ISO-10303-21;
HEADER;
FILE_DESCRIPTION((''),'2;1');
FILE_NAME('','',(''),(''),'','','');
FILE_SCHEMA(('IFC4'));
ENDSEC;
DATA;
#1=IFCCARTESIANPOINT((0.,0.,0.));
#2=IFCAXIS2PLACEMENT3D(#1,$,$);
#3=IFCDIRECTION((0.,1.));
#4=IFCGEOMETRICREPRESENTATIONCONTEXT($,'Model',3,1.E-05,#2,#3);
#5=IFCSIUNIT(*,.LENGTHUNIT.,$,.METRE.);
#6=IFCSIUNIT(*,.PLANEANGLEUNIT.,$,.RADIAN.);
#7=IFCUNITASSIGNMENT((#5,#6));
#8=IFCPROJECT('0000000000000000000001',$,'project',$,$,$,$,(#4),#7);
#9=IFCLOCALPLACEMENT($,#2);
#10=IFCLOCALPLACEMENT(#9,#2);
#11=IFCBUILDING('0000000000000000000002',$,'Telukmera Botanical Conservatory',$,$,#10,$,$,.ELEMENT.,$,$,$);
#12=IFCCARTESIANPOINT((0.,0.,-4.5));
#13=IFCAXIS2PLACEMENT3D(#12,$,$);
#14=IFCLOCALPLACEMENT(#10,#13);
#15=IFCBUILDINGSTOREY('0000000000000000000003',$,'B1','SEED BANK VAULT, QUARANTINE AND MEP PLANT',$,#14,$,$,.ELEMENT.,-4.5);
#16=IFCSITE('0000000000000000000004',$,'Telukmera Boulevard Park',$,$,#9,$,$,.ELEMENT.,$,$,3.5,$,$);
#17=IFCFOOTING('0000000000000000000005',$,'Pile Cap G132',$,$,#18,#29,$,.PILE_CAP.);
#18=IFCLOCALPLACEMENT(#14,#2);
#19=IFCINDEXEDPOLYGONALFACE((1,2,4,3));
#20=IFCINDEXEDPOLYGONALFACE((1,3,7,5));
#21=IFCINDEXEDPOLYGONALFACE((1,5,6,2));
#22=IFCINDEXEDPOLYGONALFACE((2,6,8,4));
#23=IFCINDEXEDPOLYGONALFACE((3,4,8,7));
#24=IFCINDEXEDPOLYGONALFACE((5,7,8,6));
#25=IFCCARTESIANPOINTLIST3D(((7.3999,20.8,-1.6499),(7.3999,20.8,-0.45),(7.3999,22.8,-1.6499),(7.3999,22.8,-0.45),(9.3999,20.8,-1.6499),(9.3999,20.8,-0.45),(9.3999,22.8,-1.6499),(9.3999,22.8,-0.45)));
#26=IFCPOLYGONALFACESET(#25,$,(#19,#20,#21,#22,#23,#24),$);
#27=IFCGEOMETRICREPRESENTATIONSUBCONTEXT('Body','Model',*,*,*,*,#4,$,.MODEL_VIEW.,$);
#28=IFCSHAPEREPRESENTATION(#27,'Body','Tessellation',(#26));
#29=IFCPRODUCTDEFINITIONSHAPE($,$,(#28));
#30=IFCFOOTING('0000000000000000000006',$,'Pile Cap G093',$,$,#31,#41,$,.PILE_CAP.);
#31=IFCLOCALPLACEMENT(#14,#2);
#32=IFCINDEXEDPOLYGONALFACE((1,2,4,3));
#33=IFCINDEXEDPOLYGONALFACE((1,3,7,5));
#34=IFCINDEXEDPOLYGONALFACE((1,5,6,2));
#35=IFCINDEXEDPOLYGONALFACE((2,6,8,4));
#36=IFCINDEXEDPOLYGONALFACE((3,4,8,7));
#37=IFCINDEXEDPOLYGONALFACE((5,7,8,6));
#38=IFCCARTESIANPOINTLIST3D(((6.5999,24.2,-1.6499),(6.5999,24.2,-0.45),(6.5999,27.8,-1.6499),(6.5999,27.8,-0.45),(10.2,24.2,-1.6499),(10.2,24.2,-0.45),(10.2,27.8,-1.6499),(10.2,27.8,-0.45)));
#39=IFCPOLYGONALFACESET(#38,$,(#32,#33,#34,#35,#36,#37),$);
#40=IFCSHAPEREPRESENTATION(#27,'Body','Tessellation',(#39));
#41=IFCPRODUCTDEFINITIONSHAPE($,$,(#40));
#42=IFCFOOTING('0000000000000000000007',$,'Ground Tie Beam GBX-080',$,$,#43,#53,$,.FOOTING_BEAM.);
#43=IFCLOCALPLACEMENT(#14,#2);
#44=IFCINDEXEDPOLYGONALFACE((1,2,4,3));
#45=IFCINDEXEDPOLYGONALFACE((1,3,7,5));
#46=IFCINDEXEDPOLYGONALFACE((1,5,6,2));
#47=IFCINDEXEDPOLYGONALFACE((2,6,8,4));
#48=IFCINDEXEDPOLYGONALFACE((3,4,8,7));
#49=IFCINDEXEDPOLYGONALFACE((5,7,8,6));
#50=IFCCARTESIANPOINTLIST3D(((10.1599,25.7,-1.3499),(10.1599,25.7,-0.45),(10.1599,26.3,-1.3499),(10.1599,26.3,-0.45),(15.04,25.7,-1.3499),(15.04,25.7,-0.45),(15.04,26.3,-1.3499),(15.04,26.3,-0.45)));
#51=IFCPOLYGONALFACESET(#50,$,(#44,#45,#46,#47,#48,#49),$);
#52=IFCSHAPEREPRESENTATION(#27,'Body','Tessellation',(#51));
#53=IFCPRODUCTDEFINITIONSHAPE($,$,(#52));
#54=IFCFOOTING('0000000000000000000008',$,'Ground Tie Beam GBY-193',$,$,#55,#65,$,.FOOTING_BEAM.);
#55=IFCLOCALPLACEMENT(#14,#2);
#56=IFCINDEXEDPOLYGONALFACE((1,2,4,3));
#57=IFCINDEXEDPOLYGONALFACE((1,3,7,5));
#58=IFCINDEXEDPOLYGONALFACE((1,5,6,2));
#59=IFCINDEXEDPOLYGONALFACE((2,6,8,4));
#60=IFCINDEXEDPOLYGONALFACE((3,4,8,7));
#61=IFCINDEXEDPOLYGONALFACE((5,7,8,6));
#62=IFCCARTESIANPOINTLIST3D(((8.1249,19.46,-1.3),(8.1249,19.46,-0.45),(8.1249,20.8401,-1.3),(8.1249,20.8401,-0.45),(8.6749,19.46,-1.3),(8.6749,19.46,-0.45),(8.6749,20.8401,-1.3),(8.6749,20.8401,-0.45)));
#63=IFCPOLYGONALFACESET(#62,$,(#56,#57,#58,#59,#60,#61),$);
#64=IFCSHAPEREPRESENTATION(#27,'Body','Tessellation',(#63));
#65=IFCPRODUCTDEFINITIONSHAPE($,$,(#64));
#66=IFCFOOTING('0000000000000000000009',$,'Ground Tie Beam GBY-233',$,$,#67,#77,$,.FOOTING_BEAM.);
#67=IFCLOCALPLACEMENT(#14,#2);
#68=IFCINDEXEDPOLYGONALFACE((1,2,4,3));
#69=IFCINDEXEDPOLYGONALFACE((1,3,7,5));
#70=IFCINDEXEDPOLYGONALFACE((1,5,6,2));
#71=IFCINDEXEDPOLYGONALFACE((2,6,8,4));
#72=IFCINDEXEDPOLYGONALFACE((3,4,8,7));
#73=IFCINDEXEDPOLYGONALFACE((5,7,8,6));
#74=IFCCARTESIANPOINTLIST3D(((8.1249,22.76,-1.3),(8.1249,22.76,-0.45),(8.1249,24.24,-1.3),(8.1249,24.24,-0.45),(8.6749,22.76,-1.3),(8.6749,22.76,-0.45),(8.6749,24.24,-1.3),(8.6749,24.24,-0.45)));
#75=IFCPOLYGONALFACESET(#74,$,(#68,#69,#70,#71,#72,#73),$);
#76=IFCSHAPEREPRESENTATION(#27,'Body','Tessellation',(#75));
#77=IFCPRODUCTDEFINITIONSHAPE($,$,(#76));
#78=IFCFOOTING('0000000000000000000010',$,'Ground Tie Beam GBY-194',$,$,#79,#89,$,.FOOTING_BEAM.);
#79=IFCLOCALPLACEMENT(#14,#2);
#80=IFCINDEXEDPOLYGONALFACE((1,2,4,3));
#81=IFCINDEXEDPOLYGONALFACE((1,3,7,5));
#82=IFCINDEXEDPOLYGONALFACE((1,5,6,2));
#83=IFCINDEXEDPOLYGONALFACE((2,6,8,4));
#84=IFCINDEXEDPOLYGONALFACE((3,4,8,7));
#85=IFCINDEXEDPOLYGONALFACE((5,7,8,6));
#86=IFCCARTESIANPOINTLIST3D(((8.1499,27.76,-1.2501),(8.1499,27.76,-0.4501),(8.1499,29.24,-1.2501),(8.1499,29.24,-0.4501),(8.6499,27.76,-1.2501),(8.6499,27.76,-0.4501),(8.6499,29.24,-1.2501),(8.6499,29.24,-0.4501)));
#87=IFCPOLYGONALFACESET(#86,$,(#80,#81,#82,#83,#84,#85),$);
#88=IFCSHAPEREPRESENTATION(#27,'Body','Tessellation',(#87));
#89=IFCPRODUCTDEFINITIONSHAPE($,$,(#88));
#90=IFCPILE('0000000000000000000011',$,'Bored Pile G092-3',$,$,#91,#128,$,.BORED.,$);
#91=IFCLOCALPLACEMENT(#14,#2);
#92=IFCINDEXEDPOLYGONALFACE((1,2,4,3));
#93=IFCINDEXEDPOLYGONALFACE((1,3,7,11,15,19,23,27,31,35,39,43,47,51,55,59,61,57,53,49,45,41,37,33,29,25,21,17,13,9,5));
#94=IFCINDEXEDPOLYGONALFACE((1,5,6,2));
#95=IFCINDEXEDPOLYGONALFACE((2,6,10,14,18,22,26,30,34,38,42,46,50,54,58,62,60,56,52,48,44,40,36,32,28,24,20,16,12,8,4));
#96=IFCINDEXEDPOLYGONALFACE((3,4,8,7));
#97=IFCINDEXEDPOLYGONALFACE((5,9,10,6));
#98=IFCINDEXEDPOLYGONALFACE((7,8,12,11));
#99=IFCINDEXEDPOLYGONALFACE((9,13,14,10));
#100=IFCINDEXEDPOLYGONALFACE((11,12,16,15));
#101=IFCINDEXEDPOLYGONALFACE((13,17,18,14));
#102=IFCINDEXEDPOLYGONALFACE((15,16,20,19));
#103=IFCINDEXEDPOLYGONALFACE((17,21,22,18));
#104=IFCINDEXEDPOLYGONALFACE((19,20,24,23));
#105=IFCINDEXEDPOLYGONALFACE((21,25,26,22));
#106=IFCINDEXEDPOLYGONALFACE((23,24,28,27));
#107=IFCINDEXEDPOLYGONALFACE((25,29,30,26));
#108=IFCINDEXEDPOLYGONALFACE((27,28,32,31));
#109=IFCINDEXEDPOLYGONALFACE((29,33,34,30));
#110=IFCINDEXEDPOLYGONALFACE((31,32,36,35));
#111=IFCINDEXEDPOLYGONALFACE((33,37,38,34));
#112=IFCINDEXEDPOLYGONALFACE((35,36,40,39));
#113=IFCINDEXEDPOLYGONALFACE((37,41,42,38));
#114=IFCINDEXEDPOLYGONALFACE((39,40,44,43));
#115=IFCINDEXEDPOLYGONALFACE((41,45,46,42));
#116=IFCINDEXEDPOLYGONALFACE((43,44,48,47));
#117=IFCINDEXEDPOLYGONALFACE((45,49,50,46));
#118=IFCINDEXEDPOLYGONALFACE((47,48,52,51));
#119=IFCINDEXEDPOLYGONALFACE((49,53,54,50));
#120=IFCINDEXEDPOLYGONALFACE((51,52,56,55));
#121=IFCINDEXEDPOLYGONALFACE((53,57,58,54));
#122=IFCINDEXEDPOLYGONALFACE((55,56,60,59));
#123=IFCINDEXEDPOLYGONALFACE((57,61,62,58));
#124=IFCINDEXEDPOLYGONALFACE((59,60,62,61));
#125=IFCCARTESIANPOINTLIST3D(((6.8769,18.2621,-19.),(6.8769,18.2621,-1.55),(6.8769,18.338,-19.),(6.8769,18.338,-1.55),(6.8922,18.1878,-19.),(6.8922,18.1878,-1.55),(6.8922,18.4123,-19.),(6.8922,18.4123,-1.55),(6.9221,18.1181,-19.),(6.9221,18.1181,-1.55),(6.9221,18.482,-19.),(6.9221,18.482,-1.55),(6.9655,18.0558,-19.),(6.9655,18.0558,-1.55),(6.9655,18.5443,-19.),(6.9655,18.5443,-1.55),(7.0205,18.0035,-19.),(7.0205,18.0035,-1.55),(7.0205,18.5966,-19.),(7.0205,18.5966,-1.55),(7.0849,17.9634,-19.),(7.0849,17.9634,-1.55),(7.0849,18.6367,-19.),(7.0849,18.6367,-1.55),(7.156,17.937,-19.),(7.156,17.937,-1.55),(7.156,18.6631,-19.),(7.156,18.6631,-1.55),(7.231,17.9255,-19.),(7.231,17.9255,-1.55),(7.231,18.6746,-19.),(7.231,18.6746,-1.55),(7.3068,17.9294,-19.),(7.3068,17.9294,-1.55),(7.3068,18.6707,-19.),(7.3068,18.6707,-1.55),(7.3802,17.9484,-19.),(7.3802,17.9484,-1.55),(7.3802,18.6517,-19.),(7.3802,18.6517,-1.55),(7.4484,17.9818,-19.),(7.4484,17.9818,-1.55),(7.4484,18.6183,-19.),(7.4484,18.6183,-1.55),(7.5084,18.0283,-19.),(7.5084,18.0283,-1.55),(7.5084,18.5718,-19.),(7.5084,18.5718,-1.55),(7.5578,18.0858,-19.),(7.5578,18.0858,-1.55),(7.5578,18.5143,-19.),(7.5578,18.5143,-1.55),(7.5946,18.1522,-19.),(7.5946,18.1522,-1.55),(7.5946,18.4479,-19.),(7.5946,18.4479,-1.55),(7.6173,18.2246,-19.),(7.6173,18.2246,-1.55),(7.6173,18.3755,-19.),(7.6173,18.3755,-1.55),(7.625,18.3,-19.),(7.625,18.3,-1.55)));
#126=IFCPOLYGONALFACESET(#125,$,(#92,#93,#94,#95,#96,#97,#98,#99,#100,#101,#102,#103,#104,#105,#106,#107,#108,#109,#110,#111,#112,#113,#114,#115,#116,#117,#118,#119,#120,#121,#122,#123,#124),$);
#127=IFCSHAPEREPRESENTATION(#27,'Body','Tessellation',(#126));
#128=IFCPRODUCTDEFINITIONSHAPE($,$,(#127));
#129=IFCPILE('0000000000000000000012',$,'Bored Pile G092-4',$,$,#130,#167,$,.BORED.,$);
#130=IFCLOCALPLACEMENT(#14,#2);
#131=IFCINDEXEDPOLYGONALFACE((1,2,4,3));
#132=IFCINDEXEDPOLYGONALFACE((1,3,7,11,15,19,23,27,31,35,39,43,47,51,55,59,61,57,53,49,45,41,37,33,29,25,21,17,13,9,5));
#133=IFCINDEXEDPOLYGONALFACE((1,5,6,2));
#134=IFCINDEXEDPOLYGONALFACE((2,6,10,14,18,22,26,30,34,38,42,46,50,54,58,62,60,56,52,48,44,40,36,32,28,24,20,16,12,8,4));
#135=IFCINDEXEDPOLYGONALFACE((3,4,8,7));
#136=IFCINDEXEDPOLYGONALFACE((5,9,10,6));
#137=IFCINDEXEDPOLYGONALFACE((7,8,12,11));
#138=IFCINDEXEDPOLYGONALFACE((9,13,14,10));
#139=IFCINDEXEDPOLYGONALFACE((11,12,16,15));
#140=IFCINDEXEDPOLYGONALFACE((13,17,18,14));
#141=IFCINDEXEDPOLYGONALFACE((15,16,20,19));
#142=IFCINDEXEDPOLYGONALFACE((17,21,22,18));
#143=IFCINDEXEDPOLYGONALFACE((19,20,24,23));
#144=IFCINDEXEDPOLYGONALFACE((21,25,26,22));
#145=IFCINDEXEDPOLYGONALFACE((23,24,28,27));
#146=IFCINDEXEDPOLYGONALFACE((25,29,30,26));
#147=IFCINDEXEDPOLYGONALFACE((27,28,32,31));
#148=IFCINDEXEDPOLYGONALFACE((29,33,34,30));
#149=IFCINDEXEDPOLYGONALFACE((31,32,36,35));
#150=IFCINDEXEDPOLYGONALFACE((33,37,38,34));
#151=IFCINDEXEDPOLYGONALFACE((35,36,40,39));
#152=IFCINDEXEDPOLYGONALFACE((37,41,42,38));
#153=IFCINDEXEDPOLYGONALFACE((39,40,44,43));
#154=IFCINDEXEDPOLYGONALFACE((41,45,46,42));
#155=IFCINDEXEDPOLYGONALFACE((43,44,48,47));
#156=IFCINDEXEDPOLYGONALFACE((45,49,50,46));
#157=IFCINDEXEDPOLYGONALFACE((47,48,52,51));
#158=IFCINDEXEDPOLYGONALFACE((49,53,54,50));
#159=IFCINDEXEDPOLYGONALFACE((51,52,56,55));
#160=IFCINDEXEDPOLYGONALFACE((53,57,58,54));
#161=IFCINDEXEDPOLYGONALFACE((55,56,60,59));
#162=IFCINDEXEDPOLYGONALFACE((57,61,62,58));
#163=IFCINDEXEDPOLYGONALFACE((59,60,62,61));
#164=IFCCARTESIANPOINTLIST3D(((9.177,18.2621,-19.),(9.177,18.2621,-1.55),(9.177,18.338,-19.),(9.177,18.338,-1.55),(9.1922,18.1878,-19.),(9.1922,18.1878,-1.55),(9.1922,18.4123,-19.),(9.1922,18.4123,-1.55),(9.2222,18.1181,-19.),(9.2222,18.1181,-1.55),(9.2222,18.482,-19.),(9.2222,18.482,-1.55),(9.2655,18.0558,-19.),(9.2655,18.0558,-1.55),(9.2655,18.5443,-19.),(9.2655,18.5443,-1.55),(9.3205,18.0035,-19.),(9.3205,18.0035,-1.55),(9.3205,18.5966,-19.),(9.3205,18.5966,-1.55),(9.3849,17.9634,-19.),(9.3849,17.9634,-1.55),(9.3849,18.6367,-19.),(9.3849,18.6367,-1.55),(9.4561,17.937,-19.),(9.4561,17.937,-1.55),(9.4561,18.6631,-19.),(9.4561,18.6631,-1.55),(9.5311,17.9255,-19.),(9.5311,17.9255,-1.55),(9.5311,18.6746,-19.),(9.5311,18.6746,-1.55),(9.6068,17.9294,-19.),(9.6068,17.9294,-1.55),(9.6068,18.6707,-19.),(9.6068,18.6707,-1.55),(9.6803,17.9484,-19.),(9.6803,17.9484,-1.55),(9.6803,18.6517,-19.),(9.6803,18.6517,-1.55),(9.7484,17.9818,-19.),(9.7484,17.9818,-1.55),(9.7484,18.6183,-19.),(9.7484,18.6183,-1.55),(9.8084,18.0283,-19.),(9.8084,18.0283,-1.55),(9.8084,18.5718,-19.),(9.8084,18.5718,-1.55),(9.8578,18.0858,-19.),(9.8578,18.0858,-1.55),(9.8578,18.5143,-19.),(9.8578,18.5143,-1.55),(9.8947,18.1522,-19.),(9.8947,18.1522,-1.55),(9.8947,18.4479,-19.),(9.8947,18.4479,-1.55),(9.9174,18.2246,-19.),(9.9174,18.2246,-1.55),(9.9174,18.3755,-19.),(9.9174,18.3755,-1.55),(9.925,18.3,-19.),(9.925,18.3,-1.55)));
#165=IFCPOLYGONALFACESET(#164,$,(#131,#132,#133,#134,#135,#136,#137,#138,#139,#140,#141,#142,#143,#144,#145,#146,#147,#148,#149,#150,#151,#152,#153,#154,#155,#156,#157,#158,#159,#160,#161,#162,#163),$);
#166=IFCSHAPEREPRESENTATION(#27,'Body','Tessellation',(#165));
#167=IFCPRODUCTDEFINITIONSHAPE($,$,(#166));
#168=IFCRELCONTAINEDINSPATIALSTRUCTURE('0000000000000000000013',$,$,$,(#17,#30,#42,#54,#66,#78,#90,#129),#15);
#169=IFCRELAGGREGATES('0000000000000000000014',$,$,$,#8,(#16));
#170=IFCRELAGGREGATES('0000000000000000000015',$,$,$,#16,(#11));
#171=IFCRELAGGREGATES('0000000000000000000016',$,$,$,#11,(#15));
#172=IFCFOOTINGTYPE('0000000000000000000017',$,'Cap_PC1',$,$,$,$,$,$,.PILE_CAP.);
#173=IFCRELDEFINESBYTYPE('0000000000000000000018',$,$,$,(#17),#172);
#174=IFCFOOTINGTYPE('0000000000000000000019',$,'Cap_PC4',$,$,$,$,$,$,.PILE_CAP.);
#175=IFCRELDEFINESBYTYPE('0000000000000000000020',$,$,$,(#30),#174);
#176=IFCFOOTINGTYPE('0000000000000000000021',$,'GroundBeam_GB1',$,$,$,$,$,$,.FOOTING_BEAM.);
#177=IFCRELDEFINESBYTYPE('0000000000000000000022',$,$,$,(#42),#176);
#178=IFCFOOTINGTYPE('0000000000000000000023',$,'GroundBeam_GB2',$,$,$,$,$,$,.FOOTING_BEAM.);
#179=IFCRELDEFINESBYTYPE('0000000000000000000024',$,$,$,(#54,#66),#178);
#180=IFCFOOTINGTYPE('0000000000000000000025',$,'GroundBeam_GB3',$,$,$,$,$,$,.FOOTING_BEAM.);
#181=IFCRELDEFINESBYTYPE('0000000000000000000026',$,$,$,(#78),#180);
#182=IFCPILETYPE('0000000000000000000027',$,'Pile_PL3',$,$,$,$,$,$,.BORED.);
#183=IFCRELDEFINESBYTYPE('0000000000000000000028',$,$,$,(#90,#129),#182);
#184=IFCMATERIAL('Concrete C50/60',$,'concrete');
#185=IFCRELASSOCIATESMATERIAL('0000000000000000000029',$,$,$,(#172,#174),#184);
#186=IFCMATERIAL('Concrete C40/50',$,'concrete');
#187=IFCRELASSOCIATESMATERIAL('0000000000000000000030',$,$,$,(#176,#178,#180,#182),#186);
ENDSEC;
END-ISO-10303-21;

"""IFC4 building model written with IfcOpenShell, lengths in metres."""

from ifc_helpers import new_model, si_unit, direction, frame, origin, origin_2d, place, context, subcontext, project, spatial, rectangle, circle, extrude, material, material_profile, profile_set, type_object, element, save


model = new_model("IFC4")

# Units and contexts
model_context = context("Model", 3, precision=1e-05, world=origin(), true_north=direction((0.0, 1.0)))
body_context = subcontext(model_context, "Body", "Model", "MODEL_VIEW")
ifc_project = project(units=[si_unit("LENGTHUNIT", "METRE"), si_unit("PLANEANGLEUNIT", "RADIAN")], contexts=[model_context])

# Site, building, storey
site_placement = place(None, origin())
site = spatial("IfcSite", under=ifc_project, at=site_placement, Name="Telukmera Boulevard Park", CompositionType="ELEMENT", RefElevation=3.5)
building_placement = place(site_placement, origin())
building = spatial("IfcBuilding", under=site, at=building_placement, Name="Telukmera Botanical Conservatory", CompositionType="ELEMENT")
storey_placement = place(building_placement, frame((0.0, 0.0, -4.5)))
storey = spatial("IfcBuildingStorey", under=building, at=storey_placement, Name="B1", Description="SEED BANK VAULT, QUARANTINE AND MEP PLANT", CompositionType="ELEMENT", Elevation=-4.5)

# Footings
ifc_material_1 = material(Name="Concrete C50/60", Category="concrete")
footing_type_1 = type_object("IfcFootingType", Name="Cap_PC1", PredefinedType="PILE_CAP", material=ifc_material_1)
footing_1_placement = place(storey_placement, frame((8.3999, 21.8, -1.6499), z_axis=(0.0, 0.0, 1.0), x_axis=(1.0, 0.0, 0.0)))
element("IfcFooting", 1, at=footing_1_placement, inside=storey, type_object=footing_type_1, Name="Pile Cap G132", PredefinedType="PILE_CAP", context=body_context, shape_type="SweptSolid", body=[
    extrude(rectangle(XDim=2.0, YDim=2.0, at=origin_2d()), origin(), (0.0, 0.0, 1.0), 1.2),
])
footing_type_2 = type_object("IfcFootingType", Name="Cap_PC4", PredefinedType="PILE_CAP", material=ifc_material_1)
footing_2_placement = place(storey_placement, frame((8.3999, 26.0, -1.6499), z_axis=(0.0, 0.0, 1.0), x_axis=(1.0, 0.0, 0.0)))
element("IfcFooting", 2, at=footing_2_placement, inside=storey, type_object=footing_type_2, Name="Pile Cap G093", PredefinedType="PILE_CAP", context=body_context, shape_type="SweptSolid", body=[
    extrude(rectangle(XDim=3.6001, YDim=3.6001, at=origin_2d()), origin(), (0.0, 0.0, 1.0), 1.2),
])
ifc_material_2 = material(Name="Concrete C40/50", Category="concrete")
ifc_material_profile_1 = material_profile(ifc_material_2, rectangle(XDim=0.6001, YDim=0.8999, at=origin_2d()), Name="RC 600x900")
ifc_profile_set_1 = profile_set([ifc_material_profile_1], Name="Concrete C40/50")
footing_type_3 = type_object("IfcFootingType", Name="GroundBeam_GB1", PredefinedType="FOOTING_BEAM", material=ifc_profile_set_1)
footing_3_placement = place(storey_placement, frame((10.1599, 26.0, -0.8999), z_axis=(1.0, 0.0, 0.0), x_axis=(0.0, 1.0, 0.0)))
element("IfcFooting", 3, at=footing_3_placement, inside=storey, type_object=footing_type_3, Name="Ground Tie Beam GBX-080", PredefinedType="FOOTING_BEAM", context=body_context, shape_type="SweptSolid", body=[
    extrude(rectangle(XDim=0.6001, YDim=0.8999, at=origin_2d()), origin(), (0.0, 0.0, 1.0), 4.8801),
])
ifc_material_profile_2 = material_profile(ifc_material_2, rectangle(XDim=0.55, YDim=0.8501, at=origin_2d()), Name="RC 550x850")
ifc_profile_set_2 = profile_set([ifc_material_profile_2], Name="Concrete C40/50")
footing_type_4 = type_object("IfcFootingType", Name="GroundBeam_GB2", PredefinedType="FOOTING_BEAM", material=ifc_profile_set_2)
footing_4_placement = place(storey_placement, frame((8.3999, 19.46, -0.875), z_axis=(0.0, 1.0, 0.0), x_axis=(-1.0, 0.0, 0.0)))
element("IfcFooting", 4, at=footing_4_placement, inside=storey, type_object=footing_type_4, Name="Ground Tie Beam GBY-193", PredefinedType="FOOTING_BEAM", context=body_context, shape_type="SweptSolid", body=[
    extrude(rectangle(XDim=0.55, YDim=0.8501, at=origin_2d()), origin(), (0.0, 0.0, 1.0), 1.3801),
])
footing_5_placement = place(storey_placement, frame((8.3999, 22.76, -0.875), z_axis=(0.0, 1.0, 0.0), x_axis=(-1.0, 0.0, 0.0)))
element("IfcFooting", 5, at=footing_5_placement, inside=storey, type_object=footing_type_4, Name="Ground Tie Beam GBY-233", PredefinedType="FOOTING_BEAM", context=body_context, shape_type="SweptSolid", body=[
    extrude(rectangle(XDim=0.55, YDim=0.8501, at=origin_2d()), origin(), (0.0, 0.0, 1.0), 1.48),
])
ifc_material_profile_3 = material_profile(ifc_material_2, rectangle(XDim=0.5, YDim=0.8, at=origin_2d()), Name="RC 500x800")
ifc_profile_set_3 = profile_set([ifc_material_profile_3], Name="Concrete C40/50")
footing_type_5 = type_object("IfcFootingType", Name="GroundBeam_GB3", PredefinedType="FOOTING_BEAM", material=ifc_profile_set_3)
footing_6_placement = place(storey_placement, frame((8.3999, 27.76, -0.8501), z_axis=(0.0, 1.0, 0.0), x_axis=(-1.0, 0.0, 0.0)))
element("IfcFooting", 6, at=footing_6_placement, inside=storey, type_object=footing_type_5, Name="Ground Tie Beam GBY-194", PredefinedType="FOOTING_BEAM", context=body_context, shape_type="SweptSolid", body=[
    extrude(rectangle(XDim=0.5, YDim=0.8, at=origin_2d()), origin(), (0.0, 0.0, 1.0), 1.48),
])

# Piles
ifc_material_profile_4 = material_profile(ifc_material_2, circle(Radius=0.375, at=origin_2d()), Name="PILE D750")
ifc_profile_set_4 = profile_set([ifc_material_profile_4], Name="Concrete C40/50")
pile_type = type_object("IfcPileType", Name="Pile_PL3", PredefinedType="BORED", material=ifc_profile_set_4)
for number, where, z_axis, x_axis, name in (
    (7, (7.25, 18.3, -1.55), (0.0, 0.0, -1.0), (1.0, 0.0, 0.0), "Bored Pile G092-3"),
    (8, (9.55, 18.3, -1.55), (0.0, 0.0, -1.0), (1.0, 0.0, 0.0), "Bored Pile G092-4"),
):
    element("IfcPile", number, at=place(storey_placement, frame(where, z_axis=z_axis, x_axis=x_axis)), inside=storey, type_object=pile_type, Name=name, PredefinedType="BORED", context=body_context, shape_type="SweptSolid", body=[
        extrude(circle(Radius=0.375, at=origin_2d()), origin(), (0.0, 0.0, 1.0), 17.45),
    ])

save(model, "model.ifc")
